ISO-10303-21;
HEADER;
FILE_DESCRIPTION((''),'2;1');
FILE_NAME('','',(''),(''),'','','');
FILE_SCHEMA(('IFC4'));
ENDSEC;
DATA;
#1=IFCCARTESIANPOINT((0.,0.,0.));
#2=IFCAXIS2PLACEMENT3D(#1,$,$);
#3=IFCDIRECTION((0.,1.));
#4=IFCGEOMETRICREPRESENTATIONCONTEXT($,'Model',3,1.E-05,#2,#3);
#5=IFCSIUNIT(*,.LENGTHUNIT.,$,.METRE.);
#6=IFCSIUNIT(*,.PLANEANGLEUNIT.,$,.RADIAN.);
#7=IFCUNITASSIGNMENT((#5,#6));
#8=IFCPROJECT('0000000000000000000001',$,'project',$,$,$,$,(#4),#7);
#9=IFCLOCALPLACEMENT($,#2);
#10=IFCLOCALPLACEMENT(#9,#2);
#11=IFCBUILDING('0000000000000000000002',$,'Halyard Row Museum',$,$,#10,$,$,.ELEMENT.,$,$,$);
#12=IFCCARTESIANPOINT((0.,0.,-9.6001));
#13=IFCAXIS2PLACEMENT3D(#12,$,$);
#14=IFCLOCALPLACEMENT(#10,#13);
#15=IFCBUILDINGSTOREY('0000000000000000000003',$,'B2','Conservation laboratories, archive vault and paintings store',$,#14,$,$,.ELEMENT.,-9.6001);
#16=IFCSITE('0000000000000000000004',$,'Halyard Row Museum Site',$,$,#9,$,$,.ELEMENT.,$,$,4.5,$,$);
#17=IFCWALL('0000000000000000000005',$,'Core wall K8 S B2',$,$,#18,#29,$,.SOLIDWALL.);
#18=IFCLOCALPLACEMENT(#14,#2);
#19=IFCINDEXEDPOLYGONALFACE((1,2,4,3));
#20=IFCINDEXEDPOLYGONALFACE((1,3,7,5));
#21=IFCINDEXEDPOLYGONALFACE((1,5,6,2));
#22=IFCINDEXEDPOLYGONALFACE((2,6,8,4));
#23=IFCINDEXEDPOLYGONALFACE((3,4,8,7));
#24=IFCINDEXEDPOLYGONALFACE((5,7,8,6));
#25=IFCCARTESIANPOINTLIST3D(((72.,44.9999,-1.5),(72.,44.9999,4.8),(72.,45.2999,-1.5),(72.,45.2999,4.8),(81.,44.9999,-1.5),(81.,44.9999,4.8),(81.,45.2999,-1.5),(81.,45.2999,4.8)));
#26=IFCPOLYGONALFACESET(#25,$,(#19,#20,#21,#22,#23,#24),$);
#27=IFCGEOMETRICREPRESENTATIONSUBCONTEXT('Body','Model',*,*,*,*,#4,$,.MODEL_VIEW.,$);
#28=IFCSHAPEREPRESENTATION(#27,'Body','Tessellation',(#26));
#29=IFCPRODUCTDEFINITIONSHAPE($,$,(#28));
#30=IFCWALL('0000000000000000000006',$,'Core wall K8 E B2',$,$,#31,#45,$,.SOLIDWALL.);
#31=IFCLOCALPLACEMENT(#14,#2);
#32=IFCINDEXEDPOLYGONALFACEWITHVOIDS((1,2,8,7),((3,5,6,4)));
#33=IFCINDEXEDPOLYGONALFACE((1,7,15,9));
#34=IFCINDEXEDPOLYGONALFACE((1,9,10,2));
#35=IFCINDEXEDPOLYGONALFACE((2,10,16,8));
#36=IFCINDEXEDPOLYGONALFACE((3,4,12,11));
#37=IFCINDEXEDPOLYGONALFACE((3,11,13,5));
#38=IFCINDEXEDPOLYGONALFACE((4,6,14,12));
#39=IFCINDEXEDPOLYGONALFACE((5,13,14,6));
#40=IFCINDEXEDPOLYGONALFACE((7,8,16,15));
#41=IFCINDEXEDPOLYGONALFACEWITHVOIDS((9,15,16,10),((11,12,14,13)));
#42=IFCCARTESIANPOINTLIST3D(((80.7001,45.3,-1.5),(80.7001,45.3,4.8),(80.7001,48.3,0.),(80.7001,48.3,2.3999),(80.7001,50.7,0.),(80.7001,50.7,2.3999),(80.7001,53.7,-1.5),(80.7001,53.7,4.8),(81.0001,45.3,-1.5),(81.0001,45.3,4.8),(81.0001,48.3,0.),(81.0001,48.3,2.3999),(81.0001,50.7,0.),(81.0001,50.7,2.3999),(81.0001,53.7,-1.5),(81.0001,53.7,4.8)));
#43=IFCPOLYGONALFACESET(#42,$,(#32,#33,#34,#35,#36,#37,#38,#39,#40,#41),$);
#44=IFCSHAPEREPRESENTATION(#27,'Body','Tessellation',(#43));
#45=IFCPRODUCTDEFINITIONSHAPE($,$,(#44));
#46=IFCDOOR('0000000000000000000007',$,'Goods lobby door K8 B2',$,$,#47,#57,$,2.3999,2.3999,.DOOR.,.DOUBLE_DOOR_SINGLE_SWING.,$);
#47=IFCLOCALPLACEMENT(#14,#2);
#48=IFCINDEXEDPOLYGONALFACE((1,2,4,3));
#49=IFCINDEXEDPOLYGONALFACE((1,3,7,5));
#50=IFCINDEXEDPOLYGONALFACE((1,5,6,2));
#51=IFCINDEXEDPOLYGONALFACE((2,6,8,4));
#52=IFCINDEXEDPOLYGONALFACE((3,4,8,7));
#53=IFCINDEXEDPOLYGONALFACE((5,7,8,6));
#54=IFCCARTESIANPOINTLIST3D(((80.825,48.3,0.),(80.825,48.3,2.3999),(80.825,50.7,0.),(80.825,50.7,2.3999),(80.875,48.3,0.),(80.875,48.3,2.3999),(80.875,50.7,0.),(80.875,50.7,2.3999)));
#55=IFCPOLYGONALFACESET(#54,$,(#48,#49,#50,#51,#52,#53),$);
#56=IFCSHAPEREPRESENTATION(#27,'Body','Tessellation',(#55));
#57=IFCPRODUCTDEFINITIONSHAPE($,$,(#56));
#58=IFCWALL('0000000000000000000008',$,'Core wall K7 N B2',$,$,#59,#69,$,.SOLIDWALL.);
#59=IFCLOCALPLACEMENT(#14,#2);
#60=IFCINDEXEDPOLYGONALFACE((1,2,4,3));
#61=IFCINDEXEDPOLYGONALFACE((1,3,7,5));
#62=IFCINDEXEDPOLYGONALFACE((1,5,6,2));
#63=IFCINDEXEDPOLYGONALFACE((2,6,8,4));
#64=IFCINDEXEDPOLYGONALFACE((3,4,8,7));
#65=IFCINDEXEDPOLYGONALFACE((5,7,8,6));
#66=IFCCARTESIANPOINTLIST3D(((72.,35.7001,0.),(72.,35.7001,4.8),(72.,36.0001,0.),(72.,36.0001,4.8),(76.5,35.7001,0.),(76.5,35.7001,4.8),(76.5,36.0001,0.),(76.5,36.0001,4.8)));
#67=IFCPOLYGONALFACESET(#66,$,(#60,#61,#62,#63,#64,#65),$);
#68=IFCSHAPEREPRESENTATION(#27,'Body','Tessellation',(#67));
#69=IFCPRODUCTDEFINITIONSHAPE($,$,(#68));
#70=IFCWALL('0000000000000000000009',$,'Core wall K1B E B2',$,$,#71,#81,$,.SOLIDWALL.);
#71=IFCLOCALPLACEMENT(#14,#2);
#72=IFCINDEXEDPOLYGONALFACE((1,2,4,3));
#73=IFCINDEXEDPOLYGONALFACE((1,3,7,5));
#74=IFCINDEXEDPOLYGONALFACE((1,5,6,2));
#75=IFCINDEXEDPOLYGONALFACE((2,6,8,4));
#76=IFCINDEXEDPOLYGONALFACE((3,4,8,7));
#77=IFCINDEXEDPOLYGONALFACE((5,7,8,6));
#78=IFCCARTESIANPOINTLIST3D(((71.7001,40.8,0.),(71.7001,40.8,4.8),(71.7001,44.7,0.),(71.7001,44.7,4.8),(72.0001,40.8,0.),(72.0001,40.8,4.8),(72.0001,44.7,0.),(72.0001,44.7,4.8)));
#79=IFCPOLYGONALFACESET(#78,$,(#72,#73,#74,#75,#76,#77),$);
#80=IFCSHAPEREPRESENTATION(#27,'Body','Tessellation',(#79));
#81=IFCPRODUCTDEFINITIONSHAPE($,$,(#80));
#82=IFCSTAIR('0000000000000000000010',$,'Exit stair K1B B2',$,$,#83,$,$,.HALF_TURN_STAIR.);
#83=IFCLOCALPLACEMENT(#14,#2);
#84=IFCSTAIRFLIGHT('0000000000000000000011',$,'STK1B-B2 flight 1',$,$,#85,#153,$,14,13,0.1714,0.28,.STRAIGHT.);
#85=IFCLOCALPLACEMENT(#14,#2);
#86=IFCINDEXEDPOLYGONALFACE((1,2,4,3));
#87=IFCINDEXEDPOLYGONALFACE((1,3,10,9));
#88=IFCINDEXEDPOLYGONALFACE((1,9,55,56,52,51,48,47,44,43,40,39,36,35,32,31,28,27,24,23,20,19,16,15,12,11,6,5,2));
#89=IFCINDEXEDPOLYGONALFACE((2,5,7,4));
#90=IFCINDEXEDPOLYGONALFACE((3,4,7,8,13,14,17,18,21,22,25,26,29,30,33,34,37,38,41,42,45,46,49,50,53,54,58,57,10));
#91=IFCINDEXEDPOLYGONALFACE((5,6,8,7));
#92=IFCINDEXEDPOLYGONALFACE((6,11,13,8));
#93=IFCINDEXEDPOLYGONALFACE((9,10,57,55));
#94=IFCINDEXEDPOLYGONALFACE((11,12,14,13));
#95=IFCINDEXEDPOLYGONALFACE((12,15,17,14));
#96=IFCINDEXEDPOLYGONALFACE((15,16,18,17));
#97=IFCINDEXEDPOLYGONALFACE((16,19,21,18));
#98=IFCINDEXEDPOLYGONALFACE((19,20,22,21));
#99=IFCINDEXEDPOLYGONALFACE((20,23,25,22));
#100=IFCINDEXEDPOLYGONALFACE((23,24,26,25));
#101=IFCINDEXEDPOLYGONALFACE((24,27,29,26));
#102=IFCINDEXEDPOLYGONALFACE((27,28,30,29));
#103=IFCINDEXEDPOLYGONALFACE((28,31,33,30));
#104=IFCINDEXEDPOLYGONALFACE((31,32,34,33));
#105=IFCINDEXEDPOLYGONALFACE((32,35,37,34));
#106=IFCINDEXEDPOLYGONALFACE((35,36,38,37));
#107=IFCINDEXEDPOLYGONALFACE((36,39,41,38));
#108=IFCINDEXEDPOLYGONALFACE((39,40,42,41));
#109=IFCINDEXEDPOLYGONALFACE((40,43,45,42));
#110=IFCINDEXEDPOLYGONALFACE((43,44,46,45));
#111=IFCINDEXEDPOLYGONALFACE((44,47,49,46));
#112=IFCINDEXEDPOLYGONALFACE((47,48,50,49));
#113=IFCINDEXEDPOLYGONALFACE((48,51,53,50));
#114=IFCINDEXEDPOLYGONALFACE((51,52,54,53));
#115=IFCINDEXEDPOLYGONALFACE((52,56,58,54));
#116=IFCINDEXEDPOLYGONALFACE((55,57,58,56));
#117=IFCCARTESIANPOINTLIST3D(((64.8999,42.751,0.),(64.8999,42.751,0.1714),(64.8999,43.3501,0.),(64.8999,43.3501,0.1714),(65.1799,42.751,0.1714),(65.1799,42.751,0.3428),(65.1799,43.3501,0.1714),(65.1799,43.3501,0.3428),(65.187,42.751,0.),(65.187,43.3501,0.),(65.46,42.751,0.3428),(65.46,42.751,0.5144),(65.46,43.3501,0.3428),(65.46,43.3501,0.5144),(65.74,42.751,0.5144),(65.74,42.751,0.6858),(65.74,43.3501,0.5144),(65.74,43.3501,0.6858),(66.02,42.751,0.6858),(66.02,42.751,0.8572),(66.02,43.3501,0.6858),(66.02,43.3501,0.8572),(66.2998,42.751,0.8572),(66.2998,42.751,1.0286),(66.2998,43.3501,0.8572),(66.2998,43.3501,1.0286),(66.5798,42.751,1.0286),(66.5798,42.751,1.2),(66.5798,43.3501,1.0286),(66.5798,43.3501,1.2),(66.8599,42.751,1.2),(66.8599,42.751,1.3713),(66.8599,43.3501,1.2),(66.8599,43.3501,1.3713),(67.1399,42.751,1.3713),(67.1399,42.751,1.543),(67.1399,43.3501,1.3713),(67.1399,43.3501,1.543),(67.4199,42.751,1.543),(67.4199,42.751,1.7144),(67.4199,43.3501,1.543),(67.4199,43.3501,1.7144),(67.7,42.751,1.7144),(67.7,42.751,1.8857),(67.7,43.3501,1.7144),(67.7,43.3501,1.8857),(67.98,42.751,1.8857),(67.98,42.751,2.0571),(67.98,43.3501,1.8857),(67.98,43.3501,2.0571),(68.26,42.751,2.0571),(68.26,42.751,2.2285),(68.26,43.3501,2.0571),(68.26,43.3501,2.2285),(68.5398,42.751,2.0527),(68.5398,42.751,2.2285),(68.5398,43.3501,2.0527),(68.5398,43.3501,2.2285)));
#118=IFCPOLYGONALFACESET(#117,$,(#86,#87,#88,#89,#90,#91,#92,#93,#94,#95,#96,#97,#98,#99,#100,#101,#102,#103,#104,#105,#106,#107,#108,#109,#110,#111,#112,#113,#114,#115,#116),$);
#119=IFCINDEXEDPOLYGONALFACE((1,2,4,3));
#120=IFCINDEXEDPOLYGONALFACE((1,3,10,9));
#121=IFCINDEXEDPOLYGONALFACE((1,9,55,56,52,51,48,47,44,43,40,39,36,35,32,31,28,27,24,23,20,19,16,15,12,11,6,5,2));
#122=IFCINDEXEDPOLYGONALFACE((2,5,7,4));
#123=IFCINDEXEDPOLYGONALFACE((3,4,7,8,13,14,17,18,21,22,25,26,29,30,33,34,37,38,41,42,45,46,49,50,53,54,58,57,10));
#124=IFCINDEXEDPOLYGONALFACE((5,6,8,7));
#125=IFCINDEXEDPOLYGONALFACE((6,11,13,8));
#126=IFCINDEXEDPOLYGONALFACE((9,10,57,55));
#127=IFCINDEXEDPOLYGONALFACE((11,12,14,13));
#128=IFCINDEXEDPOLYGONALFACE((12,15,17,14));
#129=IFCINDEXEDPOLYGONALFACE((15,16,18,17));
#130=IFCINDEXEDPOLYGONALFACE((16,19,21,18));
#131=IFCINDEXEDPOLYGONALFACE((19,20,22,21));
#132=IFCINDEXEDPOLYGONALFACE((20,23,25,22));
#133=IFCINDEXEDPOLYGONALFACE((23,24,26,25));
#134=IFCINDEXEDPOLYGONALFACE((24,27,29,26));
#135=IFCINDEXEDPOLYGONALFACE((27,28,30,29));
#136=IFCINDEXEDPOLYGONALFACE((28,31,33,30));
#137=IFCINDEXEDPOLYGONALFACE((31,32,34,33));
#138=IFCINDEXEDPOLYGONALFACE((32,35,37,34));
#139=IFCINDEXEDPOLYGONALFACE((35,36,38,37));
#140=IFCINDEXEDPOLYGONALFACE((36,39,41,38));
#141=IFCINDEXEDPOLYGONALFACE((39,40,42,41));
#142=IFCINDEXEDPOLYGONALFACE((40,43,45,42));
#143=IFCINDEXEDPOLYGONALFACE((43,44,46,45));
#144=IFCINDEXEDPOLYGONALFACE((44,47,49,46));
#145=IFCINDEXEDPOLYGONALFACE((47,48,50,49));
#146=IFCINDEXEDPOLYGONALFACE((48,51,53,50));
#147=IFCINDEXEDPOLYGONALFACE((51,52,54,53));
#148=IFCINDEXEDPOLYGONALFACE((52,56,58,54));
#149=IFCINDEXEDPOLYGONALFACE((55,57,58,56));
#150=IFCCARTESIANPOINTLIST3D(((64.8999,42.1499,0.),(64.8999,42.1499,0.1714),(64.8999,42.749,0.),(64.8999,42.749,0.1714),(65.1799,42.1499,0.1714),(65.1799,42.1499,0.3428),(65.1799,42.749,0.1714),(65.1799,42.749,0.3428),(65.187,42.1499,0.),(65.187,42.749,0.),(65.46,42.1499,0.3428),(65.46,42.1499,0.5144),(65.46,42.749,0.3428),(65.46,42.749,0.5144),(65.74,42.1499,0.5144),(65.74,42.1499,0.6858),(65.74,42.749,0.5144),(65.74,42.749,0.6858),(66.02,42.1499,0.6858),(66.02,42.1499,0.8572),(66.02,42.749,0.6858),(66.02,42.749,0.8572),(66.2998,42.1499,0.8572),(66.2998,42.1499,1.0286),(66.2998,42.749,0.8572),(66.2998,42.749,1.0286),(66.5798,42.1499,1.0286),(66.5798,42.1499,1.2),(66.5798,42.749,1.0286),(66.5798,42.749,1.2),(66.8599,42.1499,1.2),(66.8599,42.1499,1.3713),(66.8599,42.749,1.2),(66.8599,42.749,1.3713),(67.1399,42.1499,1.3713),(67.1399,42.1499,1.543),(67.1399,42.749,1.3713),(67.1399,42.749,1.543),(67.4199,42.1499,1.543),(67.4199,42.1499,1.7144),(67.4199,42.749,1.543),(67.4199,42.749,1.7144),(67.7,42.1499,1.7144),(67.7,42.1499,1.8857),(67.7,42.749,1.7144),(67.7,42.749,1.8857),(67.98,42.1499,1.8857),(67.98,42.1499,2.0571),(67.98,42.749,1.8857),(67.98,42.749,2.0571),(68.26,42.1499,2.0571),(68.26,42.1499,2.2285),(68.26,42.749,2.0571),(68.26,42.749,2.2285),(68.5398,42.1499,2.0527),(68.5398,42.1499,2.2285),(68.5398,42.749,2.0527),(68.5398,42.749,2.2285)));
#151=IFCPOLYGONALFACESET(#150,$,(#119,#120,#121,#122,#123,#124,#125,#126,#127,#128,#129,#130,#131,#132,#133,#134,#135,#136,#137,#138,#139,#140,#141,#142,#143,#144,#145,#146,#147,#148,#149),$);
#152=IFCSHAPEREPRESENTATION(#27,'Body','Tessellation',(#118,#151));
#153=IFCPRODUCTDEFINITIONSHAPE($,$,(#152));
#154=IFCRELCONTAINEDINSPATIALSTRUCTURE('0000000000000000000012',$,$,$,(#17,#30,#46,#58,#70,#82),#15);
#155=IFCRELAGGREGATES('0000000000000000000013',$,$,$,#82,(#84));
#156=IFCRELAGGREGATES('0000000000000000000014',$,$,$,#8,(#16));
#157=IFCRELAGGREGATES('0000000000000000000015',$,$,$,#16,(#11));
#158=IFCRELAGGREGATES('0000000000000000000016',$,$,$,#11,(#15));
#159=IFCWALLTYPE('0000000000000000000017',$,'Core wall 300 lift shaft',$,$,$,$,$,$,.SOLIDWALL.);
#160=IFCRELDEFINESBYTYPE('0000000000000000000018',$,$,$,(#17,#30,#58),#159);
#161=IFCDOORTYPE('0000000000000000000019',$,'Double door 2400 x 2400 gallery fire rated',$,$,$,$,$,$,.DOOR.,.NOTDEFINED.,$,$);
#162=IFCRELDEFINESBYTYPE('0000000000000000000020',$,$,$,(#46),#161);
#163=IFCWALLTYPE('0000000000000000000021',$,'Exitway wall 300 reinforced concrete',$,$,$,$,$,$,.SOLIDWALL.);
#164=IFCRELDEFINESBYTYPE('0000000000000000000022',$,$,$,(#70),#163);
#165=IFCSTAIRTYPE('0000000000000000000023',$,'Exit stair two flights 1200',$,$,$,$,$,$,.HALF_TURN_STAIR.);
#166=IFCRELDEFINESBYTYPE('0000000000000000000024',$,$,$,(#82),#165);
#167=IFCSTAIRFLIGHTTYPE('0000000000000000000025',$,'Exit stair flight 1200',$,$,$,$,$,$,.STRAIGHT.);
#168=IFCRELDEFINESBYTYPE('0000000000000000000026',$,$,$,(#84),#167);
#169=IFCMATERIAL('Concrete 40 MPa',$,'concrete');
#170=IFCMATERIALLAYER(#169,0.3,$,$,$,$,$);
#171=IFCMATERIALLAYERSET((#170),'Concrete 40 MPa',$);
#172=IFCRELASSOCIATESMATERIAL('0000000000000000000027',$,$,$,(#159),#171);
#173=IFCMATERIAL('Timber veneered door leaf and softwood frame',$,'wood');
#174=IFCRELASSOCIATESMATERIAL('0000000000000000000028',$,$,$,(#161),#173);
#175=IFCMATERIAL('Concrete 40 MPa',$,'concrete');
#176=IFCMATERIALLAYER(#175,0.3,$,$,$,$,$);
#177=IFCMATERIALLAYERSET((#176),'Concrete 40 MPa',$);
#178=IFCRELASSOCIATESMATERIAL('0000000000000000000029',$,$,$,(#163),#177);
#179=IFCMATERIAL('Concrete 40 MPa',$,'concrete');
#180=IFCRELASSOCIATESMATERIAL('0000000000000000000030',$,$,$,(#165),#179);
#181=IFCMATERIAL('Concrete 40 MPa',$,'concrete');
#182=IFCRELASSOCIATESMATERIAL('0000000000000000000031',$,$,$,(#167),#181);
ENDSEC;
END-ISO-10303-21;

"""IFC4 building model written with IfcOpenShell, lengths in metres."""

from ifc_helpers import new_model, si_unit, direction, frame, frame_2d, origin, place, context, subcontext, project, spatial, polyline, rectangle, outline, extrude, material, layer, layer_set, type_object, element, fill, aggregate, save


model = new_model("IFC4")

# Units and contexts
model_context = context("Model", 3, precision=1e-05, world=origin(), true_north=direction((0.0, 1.0)))
body_context = subcontext(model_context, "Body", "Model", "MODEL_VIEW")
ifc_project = project(units=[si_unit("LENGTHUNIT", "METRE"), si_unit("PLANEANGLEUNIT", "RADIAN")], contexts=[model_context])

# Site, building, storey
site_placement = place(None, origin())
site = spatial("IfcSite", under=ifc_project, at=site_placement, Name="Halyard Row Museum Site", CompositionType="ELEMENT", RefElevation=4.5)
building_placement = place(site_placement, origin())
building = spatial("IfcBuilding", under=site, at=building_placement, Name="Halyard Row Museum", CompositionType="ELEMENT")
storey_placement = place(building_placement, frame((0.0, 0.0, -9.6001)))
storey = spatial("IfcBuildingStorey", under=building, at=storey_placement, Name="B2", Description="Conservation laboratories, archive vault and paintings store", CompositionType="ELEMENT", Elevation=-9.6001)

# Wall
ifc_material_1 = material(Name="Concrete 40 MPa", Category="concrete")
ifc_layer_1 = layer(ifc_material_1, 0.3)
ifc_layer_set_1 = layer_set([ifc_layer_1], Name="Concrete 40 MPa")
wall_type_1 = type_object("IfcWallType", Name="Core wall 300 lift shaft", PredefinedType="SOLIDWALL", material=ifc_layer_set_1)
wall_1_placement = place(storey_placement, frame((72.0, 45.1499, -1.5), z_axis=(0.0, 0.0, 1.0), x_axis=(1.0, 0.0, 0.0)))
element("IfcWall", 1, at=wall_1_placement, inside=storey, type_object=wall_type_1, Name="Core wall K8 S B2", PredefinedType="SOLIDWALL", context=body_context, shape_type="SweptSolid", body=[
    extrude(rectangle(XDim=9.0, YDim=0.3, at=frame_2d((4.5, 0.0))), origin(), (0.0, 0.0, 1.0), 6.3),
])

# Wall, opening, door
wall_2_placement = place(storey_placement, frame((80.8501, 45.3, -1.5), z_axis=(0.0, 0.0, 1.0), x_axis=(0.0, 1.0, 0.0)))
wall_2 = element("IfcWall", 2, at=wall_2_placement, inside=storey, type_object=wall_type_1, Name="Core wall K8 E B2", PredefinedType="SOLIDWALL", context=body_context, shape_type="SweptSolid", body=[
    extrude(rectangle(XDim=8.3999, YDim=0.3, at=frame_2d((4.2, 0.0))), origin(), (0.0, 0.0, 1.0), 6.3),
])
opening_placement = place(wall_2_placement, frame((3.0, 0.0, 1.5)))
opening = element("IfcOpeningElement", 3, at=opening_placement, cuts=wall_2, PredefinedType="OPENING", context=body_context, shape_type="SweptSolid", body=[
    extrude(rectangle(XDim=2.3999, YDim=2.3999, at=frame_2d((1.2, 1.2))), frame((0.0, 0.1599, 0.0), z_axis=(0.0, -1.0, 0.0), x_axis=(1.0, 0.0, 0.0)), (0.0, 0.0, 1.0), 0.3201),
])
ifc_material_2 = material(Name="Timber veneered door leaf and softwood frame", Category="wood")
door_type = type_object("IfcDoorType", Name="Double door 2400 x 2400 gallery fire rated", OperationType="NOTDEFINED", PredefinedType="DOOR", material=ifc_material_2)
door_placement = place(opening_placement, frame((2.3999, 0.0, 0.0), z_axis=(0.0, 0.0, 1.0), x_axis=(-1.0, 0.0, 0.0)))
door = element("IfcDoor", 4, at=door_placement, inside=storey, type_object=door_type, Name="Goods lobby door K8 B2", OperationType="DOUBLE_DOOR_SINGLE_SWING", OverallHeight=2.3999, OverallWidth=2.3999, PredefinedType="DOOR", context=body_context, shape_type="SweptSolid", body=[
    extrude(rectangle(XDim=2.3999, YDim=2.3999, at=frame_2d((1.2, 1.2))), frame((0.0, 0.0249, 0.0), z_axis=(0.0, -1.0, 0.0), x_axis=(1.0, 0.0, 0.0)), (0.0, 0.0, 1.0), 0.05),
])
fill(opening, door)

# Walls
wall_3_placement = place(storey_placement, frame((72.0, 35.8501, 0.0), z_axis=(0.0, 0.0, 1.0), x_axis=(1.0, 0.0, 0.0)))
element("IfcWall", 5, at=wall_3_placement, inside=storey, type_object=wall_type_1, Name="Core wall K7 N B2", PredefinedType="SOLIDWALL", context=body_context, shape_type="SweptSolid", body=[
    extrude(rectangle(XDim=4.5, YDim=0.3, at=frame_2d((2.25, 0.0))), origin(), (0.0, 0.0, 1.0), 4.8),
])
ifc_material_3 = material(Name="Concrete 40 MPa", Category="concrete")
ifc_layer_2 = layer(ifc_material_3, 0.3)
ifc_layer_set_2 = layer_set([ifc_layer_2], Name="Concrete 40 MPa")
wall_type_2 = type_object("IfcWallType", Name="Exitway wall 300 reinforced concrete", PredefinedType="SOLIDWALL", material=ifc_layer_set_2)
wall_4_placement = place(storey_placement, frame((71.8501, 40.8, 0.0), z_axis=(0.0, 0.0, 1.0), x_axis=(0.0, 1.0, 0.0)))
element("IfcWall", 6, at=wall_4_placement, inside=storey, type_object=wall_type_2, Name="Core wall K1B E B2", PredefinedType="SOLIDWALL", context=body_context, shape_type="SweptSolid", body=[
    extrude(rectangle(XDim=3.8999, YDim=0.3, at=frame_2d((1.95, 0.0))), origin(), (0.0, 0.0, 1.0), 4.8),
])

# Stair, stair flight
ifc_material_4 = material(Name="Concrete 40 MPa", Category="concrete")
stair_type = type_object("IfcStairType", Name="Exit stair two flights 1200", PredefinedType="HALF_TURN_STAIR", material=ifc_material_4)
stair_placement = place(storey_placement, origin())
stair = element("IfcStair", 7, at=stair_placement, inside=storey, type_object=stair_type, Name="Exit stair K1B B2", PredefinedType="HALF_TURN_STAIR")
ifc_material_5 = material(Name="Concrete 40 MPa", Category="concrete")
stair_flight_type = type_object("IfcStairFlightType", Name="Exit stair flight 1200", PredefinedType="STRAIGHT", material=ifc_material_5)
stair_flight_1_placement = place(storey_placement, frame((64.8999, 42.75, 0.0), z_axis=(0.0, 0.0, 1.0), x_axis=(1.0, 0.0, 0.0)))
stair_flight_1 = element("IfcStairFlight", 8, at=stair_flight_1_placement, type_object=stair_flight_type, Name="STK1B-B2 flight 1", NumberOfRisers=14, NumberOfTreads=13, PredefinedType="STRAIGHT", RiserHeight=0.1714, TreadLength=0.28, context=body_context, shape_type="SweptSolid", body=[
    extrude(outline(polyline([(0.0, 0.0), (0.0, 0.1714), (0.28, 0.1714), (0.28, 0.3428), (0.5601, 0.3428), (0.5601, 0.5144), (0.8401, 0.5144), (0.8401, 0.6858), (1.1201, 0.6858), (1.1201, 0.8572), (1.3999, 0.8572), (1.3999, 1.0286), (1.6799, 1.0286), (1.6799, 1.2), (1.96, 1.2), (1.96, 1.3713), (2.24, 1.3713), (2.24, 1.543), (2.52, 1.543), (2.52, 1.7144), (2.8, 1.7144), (2.8, 1.8857), (3.0801, 1.8857), (3.0801, 2.0571), (3.3601, 2.0571), (3.3601, 2.2285), (3.6399, 2.2285), (3.6399, 2.3999), (3.6399, 2.0527), (0.2871, 0.0), (0.0, 0.0)])), frame((0.0, 0.6001, 0.0), z_axis=(0.0, -1.0, 0.0), x_axis=(1.0, 0.0, 0.0)), (0.0, 0.0, 1.0), 0.5991),
    extrude(outline(polyline([(0.0, 0.0), (0.0, 0.1714), (0.28, 0.1714), (0.28, 0.3428), (0.5601, 0.3428), (0.5601, 0.5144), (0.8401, 0.5144), (0.8401, 0.6858), (1.1201, 0.6858), (1.1201, 0.8572), (1.3999, 0.8572), (1.3999, 1.0286), (1.6799, 1.0286), (1.6799, 1.2), (1.96, 1.2), (1.96, 1.3713), (2.24, 1.3713), (2.24, 1.543), (2.52, 1.543), (2.52, 1.7144), (2.8, 1.7144), (2.8, 1.8857), (3.0801, 1.8857), (3.0801, 2.0571), (3.3601, 2.0571), (3.3601, 2.2285), (3.6399, 2.2285), (3.6399, 2.3999), (3.6399, 2.0527), (0.2871, 0.0), (0.0, 0.0)])), frame((0.0, -0.001, 0.0), z_axis=(0.0, -1.0, 0.0), x_axis=(1.0, 0.0, 0.0)), (0.0, 0.0, 1.0), 0.5991),
])
aggregate(stair, [stair_flight_1])

save(model, "model.ifc")
